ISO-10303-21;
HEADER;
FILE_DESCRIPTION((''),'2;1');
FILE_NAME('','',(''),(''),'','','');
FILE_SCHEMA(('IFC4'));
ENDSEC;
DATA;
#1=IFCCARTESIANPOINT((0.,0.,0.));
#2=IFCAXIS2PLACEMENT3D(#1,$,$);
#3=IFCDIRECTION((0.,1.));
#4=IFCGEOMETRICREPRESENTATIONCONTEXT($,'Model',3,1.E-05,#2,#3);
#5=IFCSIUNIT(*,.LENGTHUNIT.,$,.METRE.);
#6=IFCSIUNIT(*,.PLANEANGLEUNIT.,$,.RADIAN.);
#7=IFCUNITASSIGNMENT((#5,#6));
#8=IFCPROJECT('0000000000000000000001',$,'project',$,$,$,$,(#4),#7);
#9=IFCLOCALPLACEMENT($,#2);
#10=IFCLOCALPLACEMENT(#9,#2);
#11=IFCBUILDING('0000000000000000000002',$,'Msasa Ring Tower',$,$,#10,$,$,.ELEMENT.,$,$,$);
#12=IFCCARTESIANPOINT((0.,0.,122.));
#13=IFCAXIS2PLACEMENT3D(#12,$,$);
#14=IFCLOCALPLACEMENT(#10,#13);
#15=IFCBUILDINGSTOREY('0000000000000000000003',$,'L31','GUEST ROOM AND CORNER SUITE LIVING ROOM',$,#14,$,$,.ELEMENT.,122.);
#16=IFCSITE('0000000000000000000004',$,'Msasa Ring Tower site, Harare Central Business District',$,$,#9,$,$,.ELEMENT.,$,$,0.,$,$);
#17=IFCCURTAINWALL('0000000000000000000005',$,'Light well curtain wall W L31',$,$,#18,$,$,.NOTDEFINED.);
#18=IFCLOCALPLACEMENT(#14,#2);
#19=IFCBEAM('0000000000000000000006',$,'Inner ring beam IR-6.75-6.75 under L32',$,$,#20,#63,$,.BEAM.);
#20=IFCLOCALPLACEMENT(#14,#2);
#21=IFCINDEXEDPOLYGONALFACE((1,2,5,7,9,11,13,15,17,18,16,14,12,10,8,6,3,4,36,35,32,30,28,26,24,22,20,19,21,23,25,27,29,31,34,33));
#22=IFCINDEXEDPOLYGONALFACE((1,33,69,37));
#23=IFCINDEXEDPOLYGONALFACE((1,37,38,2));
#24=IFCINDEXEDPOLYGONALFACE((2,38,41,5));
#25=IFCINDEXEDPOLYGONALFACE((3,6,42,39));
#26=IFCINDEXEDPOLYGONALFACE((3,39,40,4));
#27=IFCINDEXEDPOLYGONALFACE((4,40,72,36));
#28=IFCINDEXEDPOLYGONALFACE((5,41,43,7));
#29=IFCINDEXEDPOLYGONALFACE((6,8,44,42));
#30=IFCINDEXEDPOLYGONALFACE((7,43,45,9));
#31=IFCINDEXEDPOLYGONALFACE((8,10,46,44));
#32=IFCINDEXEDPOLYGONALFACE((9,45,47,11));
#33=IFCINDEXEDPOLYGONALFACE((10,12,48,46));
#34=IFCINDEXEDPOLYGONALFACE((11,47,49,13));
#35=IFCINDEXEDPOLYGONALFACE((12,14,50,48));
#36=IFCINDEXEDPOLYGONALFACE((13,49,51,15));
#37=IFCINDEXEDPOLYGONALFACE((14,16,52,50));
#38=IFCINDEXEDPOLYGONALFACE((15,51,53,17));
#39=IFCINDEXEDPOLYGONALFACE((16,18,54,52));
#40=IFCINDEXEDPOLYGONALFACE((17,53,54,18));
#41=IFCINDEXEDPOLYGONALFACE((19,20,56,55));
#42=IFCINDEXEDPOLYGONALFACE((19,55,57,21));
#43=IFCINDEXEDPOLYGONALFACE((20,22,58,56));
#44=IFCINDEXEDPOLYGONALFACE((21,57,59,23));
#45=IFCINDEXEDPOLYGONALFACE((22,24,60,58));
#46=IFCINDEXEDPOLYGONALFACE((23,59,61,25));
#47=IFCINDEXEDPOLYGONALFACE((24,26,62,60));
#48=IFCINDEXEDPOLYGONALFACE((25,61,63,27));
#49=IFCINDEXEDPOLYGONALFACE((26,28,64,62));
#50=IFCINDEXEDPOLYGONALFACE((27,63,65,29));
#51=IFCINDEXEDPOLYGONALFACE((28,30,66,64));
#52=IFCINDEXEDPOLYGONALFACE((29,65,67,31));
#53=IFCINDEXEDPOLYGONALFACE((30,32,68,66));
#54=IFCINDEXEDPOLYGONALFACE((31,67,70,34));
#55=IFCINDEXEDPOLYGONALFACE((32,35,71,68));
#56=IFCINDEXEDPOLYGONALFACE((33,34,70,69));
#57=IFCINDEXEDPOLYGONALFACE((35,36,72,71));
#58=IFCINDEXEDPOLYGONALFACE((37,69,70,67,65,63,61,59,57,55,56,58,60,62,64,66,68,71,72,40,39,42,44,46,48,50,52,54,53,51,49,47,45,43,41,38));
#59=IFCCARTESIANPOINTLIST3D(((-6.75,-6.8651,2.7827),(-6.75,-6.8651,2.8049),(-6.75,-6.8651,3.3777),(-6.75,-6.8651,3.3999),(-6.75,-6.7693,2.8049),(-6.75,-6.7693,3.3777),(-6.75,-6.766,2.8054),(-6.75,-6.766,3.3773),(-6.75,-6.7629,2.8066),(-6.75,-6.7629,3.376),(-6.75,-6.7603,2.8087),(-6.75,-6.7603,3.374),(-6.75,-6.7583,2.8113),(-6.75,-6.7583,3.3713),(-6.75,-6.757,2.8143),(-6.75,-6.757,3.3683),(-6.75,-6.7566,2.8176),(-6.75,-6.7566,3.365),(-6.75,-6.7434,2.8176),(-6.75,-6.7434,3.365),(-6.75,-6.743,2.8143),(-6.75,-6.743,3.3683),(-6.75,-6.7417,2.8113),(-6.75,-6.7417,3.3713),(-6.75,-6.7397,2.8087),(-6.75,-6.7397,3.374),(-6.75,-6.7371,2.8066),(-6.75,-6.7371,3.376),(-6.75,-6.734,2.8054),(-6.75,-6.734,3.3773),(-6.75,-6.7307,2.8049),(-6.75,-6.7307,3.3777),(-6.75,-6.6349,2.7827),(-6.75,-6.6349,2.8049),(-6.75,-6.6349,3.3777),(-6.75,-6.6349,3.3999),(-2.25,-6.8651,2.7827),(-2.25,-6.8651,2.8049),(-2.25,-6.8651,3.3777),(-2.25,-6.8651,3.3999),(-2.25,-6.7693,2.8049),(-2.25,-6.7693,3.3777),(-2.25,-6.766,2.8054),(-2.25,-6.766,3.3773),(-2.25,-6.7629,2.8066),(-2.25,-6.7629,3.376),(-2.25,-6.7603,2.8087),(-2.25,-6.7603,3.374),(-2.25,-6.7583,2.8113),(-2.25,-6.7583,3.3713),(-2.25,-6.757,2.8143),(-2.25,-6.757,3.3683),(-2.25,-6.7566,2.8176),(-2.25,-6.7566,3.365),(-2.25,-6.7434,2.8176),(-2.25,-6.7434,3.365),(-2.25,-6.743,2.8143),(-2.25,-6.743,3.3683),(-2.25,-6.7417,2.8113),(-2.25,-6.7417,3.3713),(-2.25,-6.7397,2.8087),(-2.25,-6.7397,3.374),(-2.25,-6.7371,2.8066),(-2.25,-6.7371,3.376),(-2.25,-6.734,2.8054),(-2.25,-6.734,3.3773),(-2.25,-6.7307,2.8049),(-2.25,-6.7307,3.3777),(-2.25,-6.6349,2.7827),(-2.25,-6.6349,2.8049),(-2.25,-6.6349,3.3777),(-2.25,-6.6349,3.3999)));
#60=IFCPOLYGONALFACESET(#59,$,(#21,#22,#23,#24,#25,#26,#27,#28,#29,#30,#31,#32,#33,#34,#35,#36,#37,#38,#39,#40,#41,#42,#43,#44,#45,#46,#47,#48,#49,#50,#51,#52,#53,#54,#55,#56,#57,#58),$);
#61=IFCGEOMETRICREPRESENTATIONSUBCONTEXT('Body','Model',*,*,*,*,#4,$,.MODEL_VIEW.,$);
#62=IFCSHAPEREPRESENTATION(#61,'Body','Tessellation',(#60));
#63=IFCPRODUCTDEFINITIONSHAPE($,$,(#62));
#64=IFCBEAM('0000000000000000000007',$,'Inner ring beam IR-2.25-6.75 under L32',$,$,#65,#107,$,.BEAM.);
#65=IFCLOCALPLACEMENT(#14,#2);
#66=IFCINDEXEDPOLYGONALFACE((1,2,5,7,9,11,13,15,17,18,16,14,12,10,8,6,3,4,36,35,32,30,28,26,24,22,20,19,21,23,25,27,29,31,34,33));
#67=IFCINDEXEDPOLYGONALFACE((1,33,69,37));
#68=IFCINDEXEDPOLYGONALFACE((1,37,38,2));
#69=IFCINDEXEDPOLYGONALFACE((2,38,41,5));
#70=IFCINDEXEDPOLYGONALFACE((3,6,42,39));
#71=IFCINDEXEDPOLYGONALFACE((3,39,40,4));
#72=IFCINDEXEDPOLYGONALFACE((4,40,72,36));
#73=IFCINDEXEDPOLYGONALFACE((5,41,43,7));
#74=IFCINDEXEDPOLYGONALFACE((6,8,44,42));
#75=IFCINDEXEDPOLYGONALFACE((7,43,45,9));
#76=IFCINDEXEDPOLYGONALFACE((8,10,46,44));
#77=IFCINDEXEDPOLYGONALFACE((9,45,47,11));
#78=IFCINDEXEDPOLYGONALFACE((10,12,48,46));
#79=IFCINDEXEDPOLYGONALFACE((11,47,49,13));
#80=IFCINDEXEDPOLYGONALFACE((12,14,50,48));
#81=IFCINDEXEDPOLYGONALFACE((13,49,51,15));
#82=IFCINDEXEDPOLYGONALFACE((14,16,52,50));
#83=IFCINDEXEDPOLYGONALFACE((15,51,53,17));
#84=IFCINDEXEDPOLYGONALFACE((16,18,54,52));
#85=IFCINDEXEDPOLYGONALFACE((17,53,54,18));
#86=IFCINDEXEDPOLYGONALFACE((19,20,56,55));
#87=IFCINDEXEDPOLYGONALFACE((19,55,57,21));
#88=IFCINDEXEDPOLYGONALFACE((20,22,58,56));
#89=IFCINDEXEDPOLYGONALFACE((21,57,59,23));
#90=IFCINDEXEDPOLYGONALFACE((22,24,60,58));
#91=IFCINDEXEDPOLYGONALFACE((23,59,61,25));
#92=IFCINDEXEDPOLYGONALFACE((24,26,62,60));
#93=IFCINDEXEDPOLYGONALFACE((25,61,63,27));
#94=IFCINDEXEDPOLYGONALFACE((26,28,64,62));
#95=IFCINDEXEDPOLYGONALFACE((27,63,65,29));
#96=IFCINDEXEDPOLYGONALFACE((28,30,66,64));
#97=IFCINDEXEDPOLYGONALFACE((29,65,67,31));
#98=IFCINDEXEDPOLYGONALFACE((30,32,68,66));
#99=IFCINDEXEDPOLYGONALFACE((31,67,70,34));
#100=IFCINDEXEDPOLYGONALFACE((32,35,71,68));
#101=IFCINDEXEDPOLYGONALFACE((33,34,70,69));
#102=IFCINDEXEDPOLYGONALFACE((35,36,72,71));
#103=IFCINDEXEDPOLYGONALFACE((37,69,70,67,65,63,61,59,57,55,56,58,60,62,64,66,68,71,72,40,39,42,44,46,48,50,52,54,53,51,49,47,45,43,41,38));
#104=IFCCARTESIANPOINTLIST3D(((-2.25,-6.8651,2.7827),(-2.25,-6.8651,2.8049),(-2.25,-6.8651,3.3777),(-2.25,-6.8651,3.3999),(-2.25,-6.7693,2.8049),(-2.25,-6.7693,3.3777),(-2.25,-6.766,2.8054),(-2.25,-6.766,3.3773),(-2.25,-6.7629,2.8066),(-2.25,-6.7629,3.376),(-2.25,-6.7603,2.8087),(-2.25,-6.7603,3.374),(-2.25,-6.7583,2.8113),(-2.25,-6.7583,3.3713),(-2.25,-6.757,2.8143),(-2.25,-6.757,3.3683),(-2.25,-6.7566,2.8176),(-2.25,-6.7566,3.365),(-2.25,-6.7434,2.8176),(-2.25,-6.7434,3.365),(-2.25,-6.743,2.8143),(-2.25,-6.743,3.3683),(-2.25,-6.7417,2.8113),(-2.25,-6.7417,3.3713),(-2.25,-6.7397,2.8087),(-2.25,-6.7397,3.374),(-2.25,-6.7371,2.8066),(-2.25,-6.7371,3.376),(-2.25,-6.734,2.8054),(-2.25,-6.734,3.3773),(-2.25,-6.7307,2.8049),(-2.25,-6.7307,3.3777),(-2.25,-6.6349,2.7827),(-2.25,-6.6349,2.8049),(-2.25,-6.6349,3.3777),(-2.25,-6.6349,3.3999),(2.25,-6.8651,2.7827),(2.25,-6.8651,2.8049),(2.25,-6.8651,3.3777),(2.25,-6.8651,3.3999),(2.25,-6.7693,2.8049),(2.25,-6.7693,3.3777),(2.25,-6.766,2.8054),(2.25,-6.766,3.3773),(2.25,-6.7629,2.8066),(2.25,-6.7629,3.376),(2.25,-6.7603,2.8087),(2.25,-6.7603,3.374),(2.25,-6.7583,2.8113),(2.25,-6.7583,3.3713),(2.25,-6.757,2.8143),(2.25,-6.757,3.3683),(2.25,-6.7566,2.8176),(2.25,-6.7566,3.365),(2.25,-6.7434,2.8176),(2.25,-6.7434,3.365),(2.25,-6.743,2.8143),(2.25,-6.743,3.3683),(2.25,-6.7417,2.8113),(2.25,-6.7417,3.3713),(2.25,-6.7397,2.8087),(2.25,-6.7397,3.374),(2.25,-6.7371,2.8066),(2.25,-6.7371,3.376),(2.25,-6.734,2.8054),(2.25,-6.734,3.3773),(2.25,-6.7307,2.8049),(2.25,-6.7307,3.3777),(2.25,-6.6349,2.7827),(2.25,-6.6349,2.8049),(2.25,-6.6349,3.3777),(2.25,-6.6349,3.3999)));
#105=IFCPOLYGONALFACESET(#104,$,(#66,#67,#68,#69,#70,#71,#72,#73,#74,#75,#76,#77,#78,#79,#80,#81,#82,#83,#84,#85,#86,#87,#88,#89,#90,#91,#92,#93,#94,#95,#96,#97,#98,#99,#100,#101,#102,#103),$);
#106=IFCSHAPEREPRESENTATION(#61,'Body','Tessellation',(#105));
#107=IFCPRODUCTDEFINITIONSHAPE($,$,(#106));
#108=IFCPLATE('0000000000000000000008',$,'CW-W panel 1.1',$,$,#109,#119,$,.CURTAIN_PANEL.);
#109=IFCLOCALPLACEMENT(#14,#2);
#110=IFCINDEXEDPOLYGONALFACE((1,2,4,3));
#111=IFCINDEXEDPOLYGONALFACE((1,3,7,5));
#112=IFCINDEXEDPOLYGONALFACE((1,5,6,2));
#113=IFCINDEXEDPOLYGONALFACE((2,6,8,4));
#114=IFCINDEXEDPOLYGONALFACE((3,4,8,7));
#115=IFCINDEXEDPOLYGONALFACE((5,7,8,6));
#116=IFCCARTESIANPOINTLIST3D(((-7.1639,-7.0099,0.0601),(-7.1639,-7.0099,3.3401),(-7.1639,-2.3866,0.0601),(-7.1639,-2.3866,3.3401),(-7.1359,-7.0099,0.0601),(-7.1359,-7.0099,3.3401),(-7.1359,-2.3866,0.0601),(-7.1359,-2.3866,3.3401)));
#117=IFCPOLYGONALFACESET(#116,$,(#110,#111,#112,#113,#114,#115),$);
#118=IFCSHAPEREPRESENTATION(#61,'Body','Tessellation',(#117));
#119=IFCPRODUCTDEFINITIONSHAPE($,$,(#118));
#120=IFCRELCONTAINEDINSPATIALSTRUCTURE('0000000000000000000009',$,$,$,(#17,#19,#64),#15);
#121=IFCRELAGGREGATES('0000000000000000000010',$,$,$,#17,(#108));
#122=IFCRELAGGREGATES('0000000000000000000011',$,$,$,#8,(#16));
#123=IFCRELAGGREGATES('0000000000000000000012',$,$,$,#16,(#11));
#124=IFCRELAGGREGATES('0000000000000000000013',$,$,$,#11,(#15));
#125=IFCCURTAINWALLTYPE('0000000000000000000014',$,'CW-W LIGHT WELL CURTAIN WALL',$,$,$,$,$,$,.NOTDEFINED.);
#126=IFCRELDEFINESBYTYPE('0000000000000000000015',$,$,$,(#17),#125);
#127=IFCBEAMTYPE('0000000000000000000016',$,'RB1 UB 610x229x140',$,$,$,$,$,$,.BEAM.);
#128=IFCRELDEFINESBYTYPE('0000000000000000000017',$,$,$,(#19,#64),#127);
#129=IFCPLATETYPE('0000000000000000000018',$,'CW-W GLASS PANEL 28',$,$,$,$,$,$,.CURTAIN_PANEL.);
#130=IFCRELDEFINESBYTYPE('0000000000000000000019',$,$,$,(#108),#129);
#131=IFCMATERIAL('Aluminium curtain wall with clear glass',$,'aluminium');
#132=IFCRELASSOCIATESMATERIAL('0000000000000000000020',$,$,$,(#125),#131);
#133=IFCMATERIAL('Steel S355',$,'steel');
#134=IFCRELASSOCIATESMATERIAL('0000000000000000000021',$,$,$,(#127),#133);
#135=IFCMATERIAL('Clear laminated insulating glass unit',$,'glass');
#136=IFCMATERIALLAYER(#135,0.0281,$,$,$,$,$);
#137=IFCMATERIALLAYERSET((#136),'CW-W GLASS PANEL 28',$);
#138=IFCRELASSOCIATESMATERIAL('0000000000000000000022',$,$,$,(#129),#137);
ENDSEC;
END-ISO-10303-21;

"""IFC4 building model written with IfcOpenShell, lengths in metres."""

from ifc_helpers import new_model, si_unit, direction, frame, origin, origin_2d, place, context, subcontext, project, spatial, rectangle, i_section, extrude, material, layer, layer_set, material_profile, profile_set, type_object, element, aggregate, save


model = new_model("IFC4")

# Units and contexts
model_context = context("Model", 3, precision=1e-05, world=origin(), true_north=direction((0.0, 1.0)))
body_context = subcontext(model_context, "Body", "Model", "MODEL_VIEW")
ifc_project = project(units=[si_unit("LENGTHUNIT", "METRE"), si_unit("PLANEANGLEUNIT", "RADIAN")], contexts=[model_context])

# Site, building, storey
site_placement = place(None, origin())
site = spatial("IfcSite", under=ifc_project, at=site_placement, Name="Msasa Ring Tower site, Harare Central Business District", CompositionType="ELEMENT", RefElevation=0.0)
building_placement = place(site_placement, origin())
building = spatial("IfcBuilding", under=site, at=building_placement, Name="Msasa Ring Tower", CompositionType="ELEMENT")
storey_placement = place(building_placement, frame((0.0, 0.0, 122.0)))
storey = spatial("IfcBuildingStorey", under=building, at=storey_placement, Name="L31", Description="GUEST ROOM AND CORNER SUITE LIVING ROOM", CompositionType="ELEMENT", Elevation=122.0)

# Curtain wall
ifc_material_1 = material(Name="Aluminium curtain wall with clear glass", Category="aluminium")
curtain_wall_type = type_object("IfcCurtainWallType", Name="CW-W LIGHT WELL CURTAIN WALL", PredefinedType="NOTDEFINED", material=ifc_material_1)
curtain_wall_1_placement = place(storey_placement, origin())
curtain_wall_1 = element("IfcCurtainWall", 1, at=curtain_wall_1_placement, inside=storey, type_object=curtain_wall_type, Name="Light well curtain wall W L31", PredefinedType="NOTDEFINED")

# Beams
ifc_material_2 = material(Name="Steel S355", Category="steel")
ifc_material_profile_1 = material_profile(ifc_material_2, i_section(OverallWidth=0.2302, OverallDepth=0.6172, WebThickness=0.0132, FlangeThickness=0.0222, FilletRadius=0.0127, at=origin_2d()), Name="UB 610x229x140")
ifc_profile_set_1 = profile_set([ifc_material_profile_1], Name="Steel S355")
beam_type = type_object("IfcBeamType", Name="RB1 UB 610x229x140", PredefinedType="BEAM", material=ifc_profile_set_1)
for number, where, z_axis, x_axis, name in (
    (2, (-6.75, -6.75, 3.0913), (1.0, 0.0, 0.0), (0.0, 1.0, 0.0), "Inner ring beam IR-6.75-6.75 under L32"),
    (3, (-2.25, -6.75, 3.0913), (1.0, 0.0, 0.0), (0.0, 1.0, 0.0), "Inner ring beam IR-2.25-6.75 under L32"),
):
    element("IfcBeam", number, at=place(storey_placement, frame(where, z_axis=z_axis, x_axis=x_axis)), inside=storey, type_object=beam_type, Name=name, PredefinedType="BEAM", context=body_context, shape_type="SweptSolid", body=[
        extrude(i_section(OverallWidth=0.2302, OverallDepth=0.6172, WebThickness=0.0132, FlangeThickness=0.0222, FilletRadius=0.0127, at=origin_2d()), origin(), (0.0, 0.0, 1.0), 4.5),
    ])

# Plate
ifc_material_3 = material(Name="Clear laminated insulating glass unit", Category="glass")
ifc_layer = layer(ifc_material_3, 0.0281)
ifc_layer_set = layer_set([ifc_layer], Name="CW-W GLASS PANEL 28")
plate_type = type_object("IfcPlateType", Name="CW-W GLASS PANEL 28", PredefinedType="CURTAIN_PANEL", material=ifc_layer_set)
plate_placement = place(storey_placement, frame((-7.1499, -4.6982, 0.0601), z_axis=(0.0, 0.0, 1.0), x_axis=(0.0, 1.0, 0.0)))
plate = element("IfcPlate", 4, at=plate_placement, type_object=plate_type, Name="CW-W panel 1.1", PredefinedType="CURTAIN_PANEL", context=body_context, shape_type="SweptSolid", body=[
    extrude(rectangle(XDim=4.6233, YDim=0.0281, at=origin_2d()), origin(), (0.0, 0.0, 1.0), 3.28),
])
aggregate(curtain_wall_1, [plate])

save(model, "model.ifc")
